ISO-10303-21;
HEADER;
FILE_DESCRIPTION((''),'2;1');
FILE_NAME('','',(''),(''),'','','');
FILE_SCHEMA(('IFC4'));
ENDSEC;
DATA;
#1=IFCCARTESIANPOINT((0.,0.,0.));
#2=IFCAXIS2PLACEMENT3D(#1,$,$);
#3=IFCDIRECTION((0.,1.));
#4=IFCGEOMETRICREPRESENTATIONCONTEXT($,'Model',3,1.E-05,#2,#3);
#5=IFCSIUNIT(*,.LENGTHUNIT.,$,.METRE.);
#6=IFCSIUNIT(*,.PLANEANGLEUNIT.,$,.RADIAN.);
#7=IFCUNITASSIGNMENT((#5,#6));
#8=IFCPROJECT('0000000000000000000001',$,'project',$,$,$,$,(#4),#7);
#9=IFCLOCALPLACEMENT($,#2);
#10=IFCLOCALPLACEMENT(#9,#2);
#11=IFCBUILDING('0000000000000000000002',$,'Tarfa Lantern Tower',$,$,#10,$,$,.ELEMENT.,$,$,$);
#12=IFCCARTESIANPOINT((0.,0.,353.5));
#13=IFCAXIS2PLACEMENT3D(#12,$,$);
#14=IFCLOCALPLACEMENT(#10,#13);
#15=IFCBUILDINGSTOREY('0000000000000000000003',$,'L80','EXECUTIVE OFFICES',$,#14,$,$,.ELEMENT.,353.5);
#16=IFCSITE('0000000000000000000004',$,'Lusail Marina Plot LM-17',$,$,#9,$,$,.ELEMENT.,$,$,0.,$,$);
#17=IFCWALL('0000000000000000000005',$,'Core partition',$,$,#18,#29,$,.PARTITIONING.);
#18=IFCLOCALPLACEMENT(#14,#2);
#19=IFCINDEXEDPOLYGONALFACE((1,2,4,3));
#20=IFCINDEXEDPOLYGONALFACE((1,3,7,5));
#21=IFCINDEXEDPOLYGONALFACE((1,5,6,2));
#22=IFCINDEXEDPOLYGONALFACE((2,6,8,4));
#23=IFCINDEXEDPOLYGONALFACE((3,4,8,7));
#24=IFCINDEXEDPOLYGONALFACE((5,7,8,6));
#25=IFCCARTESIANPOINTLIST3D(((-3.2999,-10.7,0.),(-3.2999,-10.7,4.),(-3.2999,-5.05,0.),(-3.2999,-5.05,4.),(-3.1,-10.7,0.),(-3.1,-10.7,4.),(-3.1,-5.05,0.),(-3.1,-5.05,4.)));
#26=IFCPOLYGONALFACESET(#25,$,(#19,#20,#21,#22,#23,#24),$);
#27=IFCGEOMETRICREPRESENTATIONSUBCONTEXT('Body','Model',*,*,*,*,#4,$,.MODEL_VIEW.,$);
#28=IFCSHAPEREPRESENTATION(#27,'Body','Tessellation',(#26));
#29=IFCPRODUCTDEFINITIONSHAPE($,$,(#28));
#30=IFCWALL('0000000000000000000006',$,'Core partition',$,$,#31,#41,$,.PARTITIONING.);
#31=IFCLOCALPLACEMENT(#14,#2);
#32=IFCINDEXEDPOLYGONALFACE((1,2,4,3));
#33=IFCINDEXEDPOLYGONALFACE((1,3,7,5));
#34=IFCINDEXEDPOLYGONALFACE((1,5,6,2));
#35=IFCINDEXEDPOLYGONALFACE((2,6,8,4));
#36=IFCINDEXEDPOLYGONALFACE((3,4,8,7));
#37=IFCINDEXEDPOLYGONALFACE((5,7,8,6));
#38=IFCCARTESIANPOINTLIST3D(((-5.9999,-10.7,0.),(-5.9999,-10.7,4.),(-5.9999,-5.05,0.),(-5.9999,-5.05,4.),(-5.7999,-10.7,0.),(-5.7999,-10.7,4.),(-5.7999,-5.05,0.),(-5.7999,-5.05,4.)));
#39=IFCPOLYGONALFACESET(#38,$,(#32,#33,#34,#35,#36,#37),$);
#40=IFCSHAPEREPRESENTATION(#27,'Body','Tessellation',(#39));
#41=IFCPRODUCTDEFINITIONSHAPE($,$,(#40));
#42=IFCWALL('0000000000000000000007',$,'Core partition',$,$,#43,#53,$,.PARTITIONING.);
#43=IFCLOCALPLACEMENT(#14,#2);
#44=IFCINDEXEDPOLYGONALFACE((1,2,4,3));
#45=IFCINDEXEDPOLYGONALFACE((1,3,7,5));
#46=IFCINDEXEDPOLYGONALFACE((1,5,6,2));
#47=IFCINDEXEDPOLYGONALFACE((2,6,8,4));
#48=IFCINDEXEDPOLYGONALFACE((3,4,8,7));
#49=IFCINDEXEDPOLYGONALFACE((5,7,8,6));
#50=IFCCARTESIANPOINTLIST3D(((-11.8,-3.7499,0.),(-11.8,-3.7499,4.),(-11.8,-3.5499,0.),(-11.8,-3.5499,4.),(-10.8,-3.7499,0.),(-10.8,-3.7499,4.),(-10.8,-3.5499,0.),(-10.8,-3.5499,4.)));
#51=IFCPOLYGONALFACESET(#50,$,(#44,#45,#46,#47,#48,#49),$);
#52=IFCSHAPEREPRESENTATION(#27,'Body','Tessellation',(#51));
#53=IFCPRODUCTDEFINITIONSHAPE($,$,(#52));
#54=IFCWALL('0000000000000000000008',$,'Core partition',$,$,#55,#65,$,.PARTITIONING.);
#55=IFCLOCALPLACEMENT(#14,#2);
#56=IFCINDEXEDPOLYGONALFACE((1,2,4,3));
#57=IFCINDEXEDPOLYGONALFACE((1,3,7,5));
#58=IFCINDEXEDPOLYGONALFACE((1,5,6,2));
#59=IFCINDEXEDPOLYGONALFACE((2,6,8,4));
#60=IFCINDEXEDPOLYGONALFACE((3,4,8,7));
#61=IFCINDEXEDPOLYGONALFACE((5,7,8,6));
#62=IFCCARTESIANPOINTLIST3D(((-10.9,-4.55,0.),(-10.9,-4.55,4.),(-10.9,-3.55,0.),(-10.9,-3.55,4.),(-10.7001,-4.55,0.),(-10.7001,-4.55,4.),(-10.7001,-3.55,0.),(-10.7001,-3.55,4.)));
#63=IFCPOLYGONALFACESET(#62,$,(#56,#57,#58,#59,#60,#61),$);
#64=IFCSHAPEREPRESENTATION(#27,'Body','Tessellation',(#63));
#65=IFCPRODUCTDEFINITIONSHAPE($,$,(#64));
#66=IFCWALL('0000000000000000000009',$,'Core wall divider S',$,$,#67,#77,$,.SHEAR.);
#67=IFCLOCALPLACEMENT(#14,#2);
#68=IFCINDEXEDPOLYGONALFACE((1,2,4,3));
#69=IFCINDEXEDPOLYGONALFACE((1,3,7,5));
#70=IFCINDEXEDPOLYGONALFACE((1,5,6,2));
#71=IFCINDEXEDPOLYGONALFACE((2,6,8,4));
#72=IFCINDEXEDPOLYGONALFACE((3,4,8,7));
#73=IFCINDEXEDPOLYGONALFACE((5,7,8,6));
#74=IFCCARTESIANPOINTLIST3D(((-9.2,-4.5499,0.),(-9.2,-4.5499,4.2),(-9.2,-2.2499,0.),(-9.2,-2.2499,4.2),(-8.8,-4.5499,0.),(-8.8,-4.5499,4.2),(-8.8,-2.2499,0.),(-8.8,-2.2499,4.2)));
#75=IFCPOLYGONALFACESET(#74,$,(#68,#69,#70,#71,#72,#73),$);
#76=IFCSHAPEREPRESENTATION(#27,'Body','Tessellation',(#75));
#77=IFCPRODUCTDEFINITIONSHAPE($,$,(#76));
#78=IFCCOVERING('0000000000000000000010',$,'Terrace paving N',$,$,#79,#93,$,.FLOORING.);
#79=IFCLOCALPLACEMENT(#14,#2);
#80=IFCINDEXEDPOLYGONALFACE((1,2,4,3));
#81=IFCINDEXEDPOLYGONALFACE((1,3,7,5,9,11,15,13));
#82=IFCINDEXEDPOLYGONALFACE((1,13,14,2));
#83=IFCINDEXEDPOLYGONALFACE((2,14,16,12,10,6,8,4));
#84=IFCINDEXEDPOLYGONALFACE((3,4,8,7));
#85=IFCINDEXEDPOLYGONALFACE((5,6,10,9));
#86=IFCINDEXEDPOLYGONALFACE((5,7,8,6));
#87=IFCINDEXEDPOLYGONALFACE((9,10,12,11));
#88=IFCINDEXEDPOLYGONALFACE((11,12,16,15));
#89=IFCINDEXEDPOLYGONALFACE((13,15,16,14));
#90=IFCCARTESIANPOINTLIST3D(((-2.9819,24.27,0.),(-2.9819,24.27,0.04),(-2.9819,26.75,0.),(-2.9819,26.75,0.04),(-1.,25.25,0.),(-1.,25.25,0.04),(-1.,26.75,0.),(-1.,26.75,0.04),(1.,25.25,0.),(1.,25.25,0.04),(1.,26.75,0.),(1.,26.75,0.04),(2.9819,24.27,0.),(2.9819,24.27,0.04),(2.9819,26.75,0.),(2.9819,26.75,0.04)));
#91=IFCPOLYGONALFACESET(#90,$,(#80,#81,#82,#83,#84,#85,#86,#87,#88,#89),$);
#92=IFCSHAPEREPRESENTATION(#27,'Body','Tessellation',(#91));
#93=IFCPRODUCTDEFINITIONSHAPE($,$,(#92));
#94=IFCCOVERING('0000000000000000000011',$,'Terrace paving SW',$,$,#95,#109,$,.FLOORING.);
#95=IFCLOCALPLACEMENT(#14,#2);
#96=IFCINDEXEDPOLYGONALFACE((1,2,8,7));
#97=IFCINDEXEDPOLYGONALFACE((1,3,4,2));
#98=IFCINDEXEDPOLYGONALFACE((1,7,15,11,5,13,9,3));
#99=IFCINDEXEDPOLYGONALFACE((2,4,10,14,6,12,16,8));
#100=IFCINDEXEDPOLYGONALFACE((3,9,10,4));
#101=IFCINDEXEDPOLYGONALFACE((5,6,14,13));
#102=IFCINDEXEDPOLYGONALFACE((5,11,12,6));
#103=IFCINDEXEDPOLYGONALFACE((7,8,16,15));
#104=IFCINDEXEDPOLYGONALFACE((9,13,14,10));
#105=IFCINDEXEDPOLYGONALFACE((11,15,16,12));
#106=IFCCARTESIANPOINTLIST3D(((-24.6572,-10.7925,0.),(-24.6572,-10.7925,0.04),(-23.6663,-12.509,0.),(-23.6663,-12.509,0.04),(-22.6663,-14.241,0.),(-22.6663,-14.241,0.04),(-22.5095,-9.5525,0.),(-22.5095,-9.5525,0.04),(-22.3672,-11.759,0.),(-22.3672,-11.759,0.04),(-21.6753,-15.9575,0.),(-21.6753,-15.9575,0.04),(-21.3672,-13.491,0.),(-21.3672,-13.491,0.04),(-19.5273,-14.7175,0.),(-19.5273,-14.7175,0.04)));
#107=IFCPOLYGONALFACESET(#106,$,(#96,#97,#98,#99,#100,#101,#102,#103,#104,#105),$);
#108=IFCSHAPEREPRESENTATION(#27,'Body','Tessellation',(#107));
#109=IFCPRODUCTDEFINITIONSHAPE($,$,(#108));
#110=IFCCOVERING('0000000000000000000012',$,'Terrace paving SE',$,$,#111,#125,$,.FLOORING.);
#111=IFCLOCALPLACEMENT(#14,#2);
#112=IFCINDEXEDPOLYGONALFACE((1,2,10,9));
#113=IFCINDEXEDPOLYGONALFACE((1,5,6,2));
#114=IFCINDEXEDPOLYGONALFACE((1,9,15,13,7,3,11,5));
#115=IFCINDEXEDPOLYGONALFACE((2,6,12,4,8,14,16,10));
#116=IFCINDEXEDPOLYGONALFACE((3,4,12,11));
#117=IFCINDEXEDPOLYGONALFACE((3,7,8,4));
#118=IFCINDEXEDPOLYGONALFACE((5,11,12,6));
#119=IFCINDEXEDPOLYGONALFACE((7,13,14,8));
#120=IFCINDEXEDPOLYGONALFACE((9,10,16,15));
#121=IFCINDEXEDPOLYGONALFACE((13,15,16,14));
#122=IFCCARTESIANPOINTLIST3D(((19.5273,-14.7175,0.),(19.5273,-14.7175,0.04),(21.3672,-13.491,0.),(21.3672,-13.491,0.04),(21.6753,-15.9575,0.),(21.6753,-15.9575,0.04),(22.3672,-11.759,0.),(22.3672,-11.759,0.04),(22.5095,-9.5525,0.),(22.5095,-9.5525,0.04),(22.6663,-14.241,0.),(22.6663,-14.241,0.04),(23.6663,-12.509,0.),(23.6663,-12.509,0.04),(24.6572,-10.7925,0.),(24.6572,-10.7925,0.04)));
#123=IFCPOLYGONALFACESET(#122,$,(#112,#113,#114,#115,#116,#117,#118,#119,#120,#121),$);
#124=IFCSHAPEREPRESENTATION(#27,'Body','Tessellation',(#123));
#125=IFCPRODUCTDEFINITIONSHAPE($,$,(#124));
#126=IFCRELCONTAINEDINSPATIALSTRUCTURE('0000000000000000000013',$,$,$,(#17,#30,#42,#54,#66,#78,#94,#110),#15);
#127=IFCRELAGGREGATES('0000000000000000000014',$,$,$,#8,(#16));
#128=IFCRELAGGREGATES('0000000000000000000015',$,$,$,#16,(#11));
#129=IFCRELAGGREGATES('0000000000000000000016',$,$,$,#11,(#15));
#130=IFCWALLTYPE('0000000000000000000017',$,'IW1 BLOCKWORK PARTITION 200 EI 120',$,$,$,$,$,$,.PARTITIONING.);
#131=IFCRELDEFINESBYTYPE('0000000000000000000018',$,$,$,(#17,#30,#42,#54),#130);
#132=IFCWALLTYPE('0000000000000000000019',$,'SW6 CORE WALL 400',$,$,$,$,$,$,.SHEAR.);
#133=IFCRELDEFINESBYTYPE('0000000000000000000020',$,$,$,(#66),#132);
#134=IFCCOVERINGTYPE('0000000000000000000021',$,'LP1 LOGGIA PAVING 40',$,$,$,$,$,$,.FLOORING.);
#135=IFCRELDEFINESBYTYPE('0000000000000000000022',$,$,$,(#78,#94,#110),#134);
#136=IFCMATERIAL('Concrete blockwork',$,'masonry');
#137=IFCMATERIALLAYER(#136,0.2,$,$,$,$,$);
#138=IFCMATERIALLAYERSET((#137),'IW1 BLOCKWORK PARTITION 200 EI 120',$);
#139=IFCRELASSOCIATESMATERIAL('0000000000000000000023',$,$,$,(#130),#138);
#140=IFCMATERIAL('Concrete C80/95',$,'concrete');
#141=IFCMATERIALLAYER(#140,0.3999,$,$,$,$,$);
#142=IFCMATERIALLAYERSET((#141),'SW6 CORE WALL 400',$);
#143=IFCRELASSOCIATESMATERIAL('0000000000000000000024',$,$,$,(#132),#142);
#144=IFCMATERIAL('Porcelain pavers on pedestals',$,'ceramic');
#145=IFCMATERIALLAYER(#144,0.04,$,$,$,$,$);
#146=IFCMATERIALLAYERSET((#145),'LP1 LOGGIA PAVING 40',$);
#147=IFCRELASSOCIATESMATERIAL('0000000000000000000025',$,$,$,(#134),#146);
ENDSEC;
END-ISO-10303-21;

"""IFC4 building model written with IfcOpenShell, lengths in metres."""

from ifc_helpers import new_model, si_unit, direction, frame, frame_2d, origin, place, context, subcontext, project, spatial, polyline, rectangle, outline, extrude, material, layer, layer_set, type_object, element, save


model = new_model("IFC4")

# Units and contexts
model_context = context("Model", 3, precision=1e-05, world=origin(), true_north=direction((0.0, 1.0)))
body_context = subcontext(model_context, "Body", "Model", "MODEL_VIEW")
ifc_project = project(units=[si_unit("LENGTHUNIT", "METRE"), si_unit("PLANEANGLEUNIT", "RADIAN")], contexts=[model_context])

# Site, building, storey
site_placement = place(None, origin())
site = spatial("IfcSite", under=ifc_project, at=site_placement, Name="Lusail Marina Plot LM-17", CompositionType="ELEMENT", RefElevation=0.0)
building_placement = place(site_placement, origin())
building = spatial("IfcBuilding", under=site, at=building_placement, Name="Tarfa Lantern Tower", CompositionType="ELEMENT")
storey_placement = place(building_placement, frame((0.0, 0.0, 353.5)))
storey = spatial("IfcBuildingStorey", under=building, at=storey_placement, Name="L80", Description="EXECUTIVE OFFICES", CompositionType="ELEMENT", Elevation=353.5)

# Walls
ifc_material_1 = material(Name="Concrete blockwork", Category="masonry")
ifc_layer_1 = layer(ifc_material_1, 0.2)
ifc_layer_set_1 = layer_set([ifc_layer_1], Name="IW1 BLOCKWORK PARTITION 200 EI 120")
wall_type_1 = type_object("IfcWallType", Name="IW1 BLOCKWORK PARTITION 200 EI 120", PredefinedType="PARTITIONING", material=ifc_layer_set_1)
for number, where, z_axis, x_axis, name in (
    (1, (-3.2, -5.05, 0.0), (0.0, 0.0, 1.0), (0.0, -1.0, 0.0), "Core partition"),
    (2, (-5.8999, -5.05, 0.0), (0.0, 0.0, 1.0), (0.0, -1.0, 0.0), "Core partition"),
):
    element("IfcWall", number, at=place(storey_placement, frame(where, z_axis=z_axis, x_axis=x_axis)), inside=storey, type_object=wall_type_1, Name=name, PredefinedType="PARTITIONING", context=body_context, shape_type="SweptSolid", body=[
        extrude(rectangle(XDim=5.6499, YDim=0.2, at=frame_2d((2.825, 0.0))), origin(), (0.0, 0.0, 1.0), 4.0),
    ])
for number, where, z_axis, x_axis, name in (
    (3, (-10.8, -3.6499, 0.0), (0.0, 0.0, 1.0), (-1.0, 0.0, 0.0), "Core partition"),
    (4, (-10.8, -3.55, 0.0), (0.0, 0.0, 1.0), (0.0, -1.0, 0.0), "Core partition"),
):
    element("IfcWall", number, at=place(storey_placement, frame(where, z_axis=z_axis, x_axis=x_axis)), inside=storey, type_object=wall_type_1, Name=name, PredefinedType="PARTITIONING", context=body_context, shape_type="SweptSolid", body=[
        extrude(rectangle(XDim=1.0, YDim=0.2, at=frame_2d((0.5, 0.0))), origin(), (0.0, 0.0, 1.0), 4.0),
    ])
ifc_material_2 = material(Name="Concrete C80/95", Category="concrete")
ifc_layer_2 = layer(ifc_material_2, 0.3999)
ifc_layer_set_2 = layer_set([ifc_layer_2], Name="SW6 CORE WALL 400")
wall_type_2 = type_object("IfcWallType", Name="SW6 CORE WALL 400", PredefinedType="SHEAR", material=ifc_layer_set_2)
wall_1_placement = place(storey_placement, frame((-9.0, -2.25, 0.0), z_axis=(0.0, 0.0, 1.0), x_axis=(0.0, -1.0, 0.0)))
element("IfcWall", 5, at=wall_1_placement, inside=storey, type_object=wall_type_2, Name="Core wall divider S", PredefinedType="SHEAR", context=body_context, shape_type="SweptSolid", body=[
    extrude(rectangle(XDim=2.3, YDim=0.3999, at=frame_2d((1.1499, 0.0))), origin(), (0.0, 0.0, 1.0), 4.2),
])

# Coverings
ifc_material_3 = material(Name="Porcelain pavers on pedestals", Category="ceramic")
ifc_layer_3 = layer(ifc_material_3, 0.04)
ifc_layer_set_3 = layer_set([ifc_layer_3], Name="LP1 LOGGIA PAVING 40")
covering_type = type_object("IfcCoveringType", Name="LP1 LOGGIA PAVING 40", PredefinedType="FLOORING", material=ifc_layer_set_3)
covering_1_placement = place(storey_placement, origin())
element("IfcCovering", 6, at=covering_1_placement, inside=storey, type_object=covering_type, Name="Terrace paving N", PredefinedType="FLOORING", context=body_context, shape_type="SweptSolid", body=[
    extrude(outline(polyline([(2.9819, 26.75), (2.9819, 24.27), (-2.9819, 24.27), (-2.9819, 26.75), (-1.0, 26.75), (-1.0, 25.25), (1.0, 25.25), (1.0, 26.75), (2.9819, 26.75)])), origin(), (0.0, 0.0, 1.0), 0.04),
])
covering_2_placement = place(storey_placement, origin())
element("IfcCovering", 7, at=covering_2_placement, inside=storey, type_object=covering_type, Name="Terrace paving SW", PredefinedType="FLOORING", context=body_context, shape_type="SweptSolid", body=[
    extrude(outline(polyline([(-24.6572, -10.7925), (-22.5095, -9.5525), (-19.5273, -14.7175), (-21.6753, -15.9575), (-22.6663, -14.241), (-21.3672, -13.491), (-22.3672, -11.759), (-23.6663, -12.509), (-24.6572, -10.7925)])), origin(), (0.0, 0.0, 1.0), 0.04),
])
covering_3_placement = place(storey_placement, origin())
element("IfcCovering", 8, at=covering_3_placement, inside=storey, type_object=covering_type, Name="Terrace paving SE", PredefinedType="FLOORING", context=body_context, shape_type="SweptSolid", body=[
    extrude(outline(polyline([(21.6753, -15.9575), (19.5273, -14.7175), (22.5095, -9.5525), (24.6572, -10.7925), (23.6663, -12.509), (22.3672, -11.759), (21.3672, -13.491), (22.6663, -14.241), (21.6753, -15.9575)])), origin(), (0.0, 0.0, 1.0), 0.04),
])

save(model, "model.ifc")
